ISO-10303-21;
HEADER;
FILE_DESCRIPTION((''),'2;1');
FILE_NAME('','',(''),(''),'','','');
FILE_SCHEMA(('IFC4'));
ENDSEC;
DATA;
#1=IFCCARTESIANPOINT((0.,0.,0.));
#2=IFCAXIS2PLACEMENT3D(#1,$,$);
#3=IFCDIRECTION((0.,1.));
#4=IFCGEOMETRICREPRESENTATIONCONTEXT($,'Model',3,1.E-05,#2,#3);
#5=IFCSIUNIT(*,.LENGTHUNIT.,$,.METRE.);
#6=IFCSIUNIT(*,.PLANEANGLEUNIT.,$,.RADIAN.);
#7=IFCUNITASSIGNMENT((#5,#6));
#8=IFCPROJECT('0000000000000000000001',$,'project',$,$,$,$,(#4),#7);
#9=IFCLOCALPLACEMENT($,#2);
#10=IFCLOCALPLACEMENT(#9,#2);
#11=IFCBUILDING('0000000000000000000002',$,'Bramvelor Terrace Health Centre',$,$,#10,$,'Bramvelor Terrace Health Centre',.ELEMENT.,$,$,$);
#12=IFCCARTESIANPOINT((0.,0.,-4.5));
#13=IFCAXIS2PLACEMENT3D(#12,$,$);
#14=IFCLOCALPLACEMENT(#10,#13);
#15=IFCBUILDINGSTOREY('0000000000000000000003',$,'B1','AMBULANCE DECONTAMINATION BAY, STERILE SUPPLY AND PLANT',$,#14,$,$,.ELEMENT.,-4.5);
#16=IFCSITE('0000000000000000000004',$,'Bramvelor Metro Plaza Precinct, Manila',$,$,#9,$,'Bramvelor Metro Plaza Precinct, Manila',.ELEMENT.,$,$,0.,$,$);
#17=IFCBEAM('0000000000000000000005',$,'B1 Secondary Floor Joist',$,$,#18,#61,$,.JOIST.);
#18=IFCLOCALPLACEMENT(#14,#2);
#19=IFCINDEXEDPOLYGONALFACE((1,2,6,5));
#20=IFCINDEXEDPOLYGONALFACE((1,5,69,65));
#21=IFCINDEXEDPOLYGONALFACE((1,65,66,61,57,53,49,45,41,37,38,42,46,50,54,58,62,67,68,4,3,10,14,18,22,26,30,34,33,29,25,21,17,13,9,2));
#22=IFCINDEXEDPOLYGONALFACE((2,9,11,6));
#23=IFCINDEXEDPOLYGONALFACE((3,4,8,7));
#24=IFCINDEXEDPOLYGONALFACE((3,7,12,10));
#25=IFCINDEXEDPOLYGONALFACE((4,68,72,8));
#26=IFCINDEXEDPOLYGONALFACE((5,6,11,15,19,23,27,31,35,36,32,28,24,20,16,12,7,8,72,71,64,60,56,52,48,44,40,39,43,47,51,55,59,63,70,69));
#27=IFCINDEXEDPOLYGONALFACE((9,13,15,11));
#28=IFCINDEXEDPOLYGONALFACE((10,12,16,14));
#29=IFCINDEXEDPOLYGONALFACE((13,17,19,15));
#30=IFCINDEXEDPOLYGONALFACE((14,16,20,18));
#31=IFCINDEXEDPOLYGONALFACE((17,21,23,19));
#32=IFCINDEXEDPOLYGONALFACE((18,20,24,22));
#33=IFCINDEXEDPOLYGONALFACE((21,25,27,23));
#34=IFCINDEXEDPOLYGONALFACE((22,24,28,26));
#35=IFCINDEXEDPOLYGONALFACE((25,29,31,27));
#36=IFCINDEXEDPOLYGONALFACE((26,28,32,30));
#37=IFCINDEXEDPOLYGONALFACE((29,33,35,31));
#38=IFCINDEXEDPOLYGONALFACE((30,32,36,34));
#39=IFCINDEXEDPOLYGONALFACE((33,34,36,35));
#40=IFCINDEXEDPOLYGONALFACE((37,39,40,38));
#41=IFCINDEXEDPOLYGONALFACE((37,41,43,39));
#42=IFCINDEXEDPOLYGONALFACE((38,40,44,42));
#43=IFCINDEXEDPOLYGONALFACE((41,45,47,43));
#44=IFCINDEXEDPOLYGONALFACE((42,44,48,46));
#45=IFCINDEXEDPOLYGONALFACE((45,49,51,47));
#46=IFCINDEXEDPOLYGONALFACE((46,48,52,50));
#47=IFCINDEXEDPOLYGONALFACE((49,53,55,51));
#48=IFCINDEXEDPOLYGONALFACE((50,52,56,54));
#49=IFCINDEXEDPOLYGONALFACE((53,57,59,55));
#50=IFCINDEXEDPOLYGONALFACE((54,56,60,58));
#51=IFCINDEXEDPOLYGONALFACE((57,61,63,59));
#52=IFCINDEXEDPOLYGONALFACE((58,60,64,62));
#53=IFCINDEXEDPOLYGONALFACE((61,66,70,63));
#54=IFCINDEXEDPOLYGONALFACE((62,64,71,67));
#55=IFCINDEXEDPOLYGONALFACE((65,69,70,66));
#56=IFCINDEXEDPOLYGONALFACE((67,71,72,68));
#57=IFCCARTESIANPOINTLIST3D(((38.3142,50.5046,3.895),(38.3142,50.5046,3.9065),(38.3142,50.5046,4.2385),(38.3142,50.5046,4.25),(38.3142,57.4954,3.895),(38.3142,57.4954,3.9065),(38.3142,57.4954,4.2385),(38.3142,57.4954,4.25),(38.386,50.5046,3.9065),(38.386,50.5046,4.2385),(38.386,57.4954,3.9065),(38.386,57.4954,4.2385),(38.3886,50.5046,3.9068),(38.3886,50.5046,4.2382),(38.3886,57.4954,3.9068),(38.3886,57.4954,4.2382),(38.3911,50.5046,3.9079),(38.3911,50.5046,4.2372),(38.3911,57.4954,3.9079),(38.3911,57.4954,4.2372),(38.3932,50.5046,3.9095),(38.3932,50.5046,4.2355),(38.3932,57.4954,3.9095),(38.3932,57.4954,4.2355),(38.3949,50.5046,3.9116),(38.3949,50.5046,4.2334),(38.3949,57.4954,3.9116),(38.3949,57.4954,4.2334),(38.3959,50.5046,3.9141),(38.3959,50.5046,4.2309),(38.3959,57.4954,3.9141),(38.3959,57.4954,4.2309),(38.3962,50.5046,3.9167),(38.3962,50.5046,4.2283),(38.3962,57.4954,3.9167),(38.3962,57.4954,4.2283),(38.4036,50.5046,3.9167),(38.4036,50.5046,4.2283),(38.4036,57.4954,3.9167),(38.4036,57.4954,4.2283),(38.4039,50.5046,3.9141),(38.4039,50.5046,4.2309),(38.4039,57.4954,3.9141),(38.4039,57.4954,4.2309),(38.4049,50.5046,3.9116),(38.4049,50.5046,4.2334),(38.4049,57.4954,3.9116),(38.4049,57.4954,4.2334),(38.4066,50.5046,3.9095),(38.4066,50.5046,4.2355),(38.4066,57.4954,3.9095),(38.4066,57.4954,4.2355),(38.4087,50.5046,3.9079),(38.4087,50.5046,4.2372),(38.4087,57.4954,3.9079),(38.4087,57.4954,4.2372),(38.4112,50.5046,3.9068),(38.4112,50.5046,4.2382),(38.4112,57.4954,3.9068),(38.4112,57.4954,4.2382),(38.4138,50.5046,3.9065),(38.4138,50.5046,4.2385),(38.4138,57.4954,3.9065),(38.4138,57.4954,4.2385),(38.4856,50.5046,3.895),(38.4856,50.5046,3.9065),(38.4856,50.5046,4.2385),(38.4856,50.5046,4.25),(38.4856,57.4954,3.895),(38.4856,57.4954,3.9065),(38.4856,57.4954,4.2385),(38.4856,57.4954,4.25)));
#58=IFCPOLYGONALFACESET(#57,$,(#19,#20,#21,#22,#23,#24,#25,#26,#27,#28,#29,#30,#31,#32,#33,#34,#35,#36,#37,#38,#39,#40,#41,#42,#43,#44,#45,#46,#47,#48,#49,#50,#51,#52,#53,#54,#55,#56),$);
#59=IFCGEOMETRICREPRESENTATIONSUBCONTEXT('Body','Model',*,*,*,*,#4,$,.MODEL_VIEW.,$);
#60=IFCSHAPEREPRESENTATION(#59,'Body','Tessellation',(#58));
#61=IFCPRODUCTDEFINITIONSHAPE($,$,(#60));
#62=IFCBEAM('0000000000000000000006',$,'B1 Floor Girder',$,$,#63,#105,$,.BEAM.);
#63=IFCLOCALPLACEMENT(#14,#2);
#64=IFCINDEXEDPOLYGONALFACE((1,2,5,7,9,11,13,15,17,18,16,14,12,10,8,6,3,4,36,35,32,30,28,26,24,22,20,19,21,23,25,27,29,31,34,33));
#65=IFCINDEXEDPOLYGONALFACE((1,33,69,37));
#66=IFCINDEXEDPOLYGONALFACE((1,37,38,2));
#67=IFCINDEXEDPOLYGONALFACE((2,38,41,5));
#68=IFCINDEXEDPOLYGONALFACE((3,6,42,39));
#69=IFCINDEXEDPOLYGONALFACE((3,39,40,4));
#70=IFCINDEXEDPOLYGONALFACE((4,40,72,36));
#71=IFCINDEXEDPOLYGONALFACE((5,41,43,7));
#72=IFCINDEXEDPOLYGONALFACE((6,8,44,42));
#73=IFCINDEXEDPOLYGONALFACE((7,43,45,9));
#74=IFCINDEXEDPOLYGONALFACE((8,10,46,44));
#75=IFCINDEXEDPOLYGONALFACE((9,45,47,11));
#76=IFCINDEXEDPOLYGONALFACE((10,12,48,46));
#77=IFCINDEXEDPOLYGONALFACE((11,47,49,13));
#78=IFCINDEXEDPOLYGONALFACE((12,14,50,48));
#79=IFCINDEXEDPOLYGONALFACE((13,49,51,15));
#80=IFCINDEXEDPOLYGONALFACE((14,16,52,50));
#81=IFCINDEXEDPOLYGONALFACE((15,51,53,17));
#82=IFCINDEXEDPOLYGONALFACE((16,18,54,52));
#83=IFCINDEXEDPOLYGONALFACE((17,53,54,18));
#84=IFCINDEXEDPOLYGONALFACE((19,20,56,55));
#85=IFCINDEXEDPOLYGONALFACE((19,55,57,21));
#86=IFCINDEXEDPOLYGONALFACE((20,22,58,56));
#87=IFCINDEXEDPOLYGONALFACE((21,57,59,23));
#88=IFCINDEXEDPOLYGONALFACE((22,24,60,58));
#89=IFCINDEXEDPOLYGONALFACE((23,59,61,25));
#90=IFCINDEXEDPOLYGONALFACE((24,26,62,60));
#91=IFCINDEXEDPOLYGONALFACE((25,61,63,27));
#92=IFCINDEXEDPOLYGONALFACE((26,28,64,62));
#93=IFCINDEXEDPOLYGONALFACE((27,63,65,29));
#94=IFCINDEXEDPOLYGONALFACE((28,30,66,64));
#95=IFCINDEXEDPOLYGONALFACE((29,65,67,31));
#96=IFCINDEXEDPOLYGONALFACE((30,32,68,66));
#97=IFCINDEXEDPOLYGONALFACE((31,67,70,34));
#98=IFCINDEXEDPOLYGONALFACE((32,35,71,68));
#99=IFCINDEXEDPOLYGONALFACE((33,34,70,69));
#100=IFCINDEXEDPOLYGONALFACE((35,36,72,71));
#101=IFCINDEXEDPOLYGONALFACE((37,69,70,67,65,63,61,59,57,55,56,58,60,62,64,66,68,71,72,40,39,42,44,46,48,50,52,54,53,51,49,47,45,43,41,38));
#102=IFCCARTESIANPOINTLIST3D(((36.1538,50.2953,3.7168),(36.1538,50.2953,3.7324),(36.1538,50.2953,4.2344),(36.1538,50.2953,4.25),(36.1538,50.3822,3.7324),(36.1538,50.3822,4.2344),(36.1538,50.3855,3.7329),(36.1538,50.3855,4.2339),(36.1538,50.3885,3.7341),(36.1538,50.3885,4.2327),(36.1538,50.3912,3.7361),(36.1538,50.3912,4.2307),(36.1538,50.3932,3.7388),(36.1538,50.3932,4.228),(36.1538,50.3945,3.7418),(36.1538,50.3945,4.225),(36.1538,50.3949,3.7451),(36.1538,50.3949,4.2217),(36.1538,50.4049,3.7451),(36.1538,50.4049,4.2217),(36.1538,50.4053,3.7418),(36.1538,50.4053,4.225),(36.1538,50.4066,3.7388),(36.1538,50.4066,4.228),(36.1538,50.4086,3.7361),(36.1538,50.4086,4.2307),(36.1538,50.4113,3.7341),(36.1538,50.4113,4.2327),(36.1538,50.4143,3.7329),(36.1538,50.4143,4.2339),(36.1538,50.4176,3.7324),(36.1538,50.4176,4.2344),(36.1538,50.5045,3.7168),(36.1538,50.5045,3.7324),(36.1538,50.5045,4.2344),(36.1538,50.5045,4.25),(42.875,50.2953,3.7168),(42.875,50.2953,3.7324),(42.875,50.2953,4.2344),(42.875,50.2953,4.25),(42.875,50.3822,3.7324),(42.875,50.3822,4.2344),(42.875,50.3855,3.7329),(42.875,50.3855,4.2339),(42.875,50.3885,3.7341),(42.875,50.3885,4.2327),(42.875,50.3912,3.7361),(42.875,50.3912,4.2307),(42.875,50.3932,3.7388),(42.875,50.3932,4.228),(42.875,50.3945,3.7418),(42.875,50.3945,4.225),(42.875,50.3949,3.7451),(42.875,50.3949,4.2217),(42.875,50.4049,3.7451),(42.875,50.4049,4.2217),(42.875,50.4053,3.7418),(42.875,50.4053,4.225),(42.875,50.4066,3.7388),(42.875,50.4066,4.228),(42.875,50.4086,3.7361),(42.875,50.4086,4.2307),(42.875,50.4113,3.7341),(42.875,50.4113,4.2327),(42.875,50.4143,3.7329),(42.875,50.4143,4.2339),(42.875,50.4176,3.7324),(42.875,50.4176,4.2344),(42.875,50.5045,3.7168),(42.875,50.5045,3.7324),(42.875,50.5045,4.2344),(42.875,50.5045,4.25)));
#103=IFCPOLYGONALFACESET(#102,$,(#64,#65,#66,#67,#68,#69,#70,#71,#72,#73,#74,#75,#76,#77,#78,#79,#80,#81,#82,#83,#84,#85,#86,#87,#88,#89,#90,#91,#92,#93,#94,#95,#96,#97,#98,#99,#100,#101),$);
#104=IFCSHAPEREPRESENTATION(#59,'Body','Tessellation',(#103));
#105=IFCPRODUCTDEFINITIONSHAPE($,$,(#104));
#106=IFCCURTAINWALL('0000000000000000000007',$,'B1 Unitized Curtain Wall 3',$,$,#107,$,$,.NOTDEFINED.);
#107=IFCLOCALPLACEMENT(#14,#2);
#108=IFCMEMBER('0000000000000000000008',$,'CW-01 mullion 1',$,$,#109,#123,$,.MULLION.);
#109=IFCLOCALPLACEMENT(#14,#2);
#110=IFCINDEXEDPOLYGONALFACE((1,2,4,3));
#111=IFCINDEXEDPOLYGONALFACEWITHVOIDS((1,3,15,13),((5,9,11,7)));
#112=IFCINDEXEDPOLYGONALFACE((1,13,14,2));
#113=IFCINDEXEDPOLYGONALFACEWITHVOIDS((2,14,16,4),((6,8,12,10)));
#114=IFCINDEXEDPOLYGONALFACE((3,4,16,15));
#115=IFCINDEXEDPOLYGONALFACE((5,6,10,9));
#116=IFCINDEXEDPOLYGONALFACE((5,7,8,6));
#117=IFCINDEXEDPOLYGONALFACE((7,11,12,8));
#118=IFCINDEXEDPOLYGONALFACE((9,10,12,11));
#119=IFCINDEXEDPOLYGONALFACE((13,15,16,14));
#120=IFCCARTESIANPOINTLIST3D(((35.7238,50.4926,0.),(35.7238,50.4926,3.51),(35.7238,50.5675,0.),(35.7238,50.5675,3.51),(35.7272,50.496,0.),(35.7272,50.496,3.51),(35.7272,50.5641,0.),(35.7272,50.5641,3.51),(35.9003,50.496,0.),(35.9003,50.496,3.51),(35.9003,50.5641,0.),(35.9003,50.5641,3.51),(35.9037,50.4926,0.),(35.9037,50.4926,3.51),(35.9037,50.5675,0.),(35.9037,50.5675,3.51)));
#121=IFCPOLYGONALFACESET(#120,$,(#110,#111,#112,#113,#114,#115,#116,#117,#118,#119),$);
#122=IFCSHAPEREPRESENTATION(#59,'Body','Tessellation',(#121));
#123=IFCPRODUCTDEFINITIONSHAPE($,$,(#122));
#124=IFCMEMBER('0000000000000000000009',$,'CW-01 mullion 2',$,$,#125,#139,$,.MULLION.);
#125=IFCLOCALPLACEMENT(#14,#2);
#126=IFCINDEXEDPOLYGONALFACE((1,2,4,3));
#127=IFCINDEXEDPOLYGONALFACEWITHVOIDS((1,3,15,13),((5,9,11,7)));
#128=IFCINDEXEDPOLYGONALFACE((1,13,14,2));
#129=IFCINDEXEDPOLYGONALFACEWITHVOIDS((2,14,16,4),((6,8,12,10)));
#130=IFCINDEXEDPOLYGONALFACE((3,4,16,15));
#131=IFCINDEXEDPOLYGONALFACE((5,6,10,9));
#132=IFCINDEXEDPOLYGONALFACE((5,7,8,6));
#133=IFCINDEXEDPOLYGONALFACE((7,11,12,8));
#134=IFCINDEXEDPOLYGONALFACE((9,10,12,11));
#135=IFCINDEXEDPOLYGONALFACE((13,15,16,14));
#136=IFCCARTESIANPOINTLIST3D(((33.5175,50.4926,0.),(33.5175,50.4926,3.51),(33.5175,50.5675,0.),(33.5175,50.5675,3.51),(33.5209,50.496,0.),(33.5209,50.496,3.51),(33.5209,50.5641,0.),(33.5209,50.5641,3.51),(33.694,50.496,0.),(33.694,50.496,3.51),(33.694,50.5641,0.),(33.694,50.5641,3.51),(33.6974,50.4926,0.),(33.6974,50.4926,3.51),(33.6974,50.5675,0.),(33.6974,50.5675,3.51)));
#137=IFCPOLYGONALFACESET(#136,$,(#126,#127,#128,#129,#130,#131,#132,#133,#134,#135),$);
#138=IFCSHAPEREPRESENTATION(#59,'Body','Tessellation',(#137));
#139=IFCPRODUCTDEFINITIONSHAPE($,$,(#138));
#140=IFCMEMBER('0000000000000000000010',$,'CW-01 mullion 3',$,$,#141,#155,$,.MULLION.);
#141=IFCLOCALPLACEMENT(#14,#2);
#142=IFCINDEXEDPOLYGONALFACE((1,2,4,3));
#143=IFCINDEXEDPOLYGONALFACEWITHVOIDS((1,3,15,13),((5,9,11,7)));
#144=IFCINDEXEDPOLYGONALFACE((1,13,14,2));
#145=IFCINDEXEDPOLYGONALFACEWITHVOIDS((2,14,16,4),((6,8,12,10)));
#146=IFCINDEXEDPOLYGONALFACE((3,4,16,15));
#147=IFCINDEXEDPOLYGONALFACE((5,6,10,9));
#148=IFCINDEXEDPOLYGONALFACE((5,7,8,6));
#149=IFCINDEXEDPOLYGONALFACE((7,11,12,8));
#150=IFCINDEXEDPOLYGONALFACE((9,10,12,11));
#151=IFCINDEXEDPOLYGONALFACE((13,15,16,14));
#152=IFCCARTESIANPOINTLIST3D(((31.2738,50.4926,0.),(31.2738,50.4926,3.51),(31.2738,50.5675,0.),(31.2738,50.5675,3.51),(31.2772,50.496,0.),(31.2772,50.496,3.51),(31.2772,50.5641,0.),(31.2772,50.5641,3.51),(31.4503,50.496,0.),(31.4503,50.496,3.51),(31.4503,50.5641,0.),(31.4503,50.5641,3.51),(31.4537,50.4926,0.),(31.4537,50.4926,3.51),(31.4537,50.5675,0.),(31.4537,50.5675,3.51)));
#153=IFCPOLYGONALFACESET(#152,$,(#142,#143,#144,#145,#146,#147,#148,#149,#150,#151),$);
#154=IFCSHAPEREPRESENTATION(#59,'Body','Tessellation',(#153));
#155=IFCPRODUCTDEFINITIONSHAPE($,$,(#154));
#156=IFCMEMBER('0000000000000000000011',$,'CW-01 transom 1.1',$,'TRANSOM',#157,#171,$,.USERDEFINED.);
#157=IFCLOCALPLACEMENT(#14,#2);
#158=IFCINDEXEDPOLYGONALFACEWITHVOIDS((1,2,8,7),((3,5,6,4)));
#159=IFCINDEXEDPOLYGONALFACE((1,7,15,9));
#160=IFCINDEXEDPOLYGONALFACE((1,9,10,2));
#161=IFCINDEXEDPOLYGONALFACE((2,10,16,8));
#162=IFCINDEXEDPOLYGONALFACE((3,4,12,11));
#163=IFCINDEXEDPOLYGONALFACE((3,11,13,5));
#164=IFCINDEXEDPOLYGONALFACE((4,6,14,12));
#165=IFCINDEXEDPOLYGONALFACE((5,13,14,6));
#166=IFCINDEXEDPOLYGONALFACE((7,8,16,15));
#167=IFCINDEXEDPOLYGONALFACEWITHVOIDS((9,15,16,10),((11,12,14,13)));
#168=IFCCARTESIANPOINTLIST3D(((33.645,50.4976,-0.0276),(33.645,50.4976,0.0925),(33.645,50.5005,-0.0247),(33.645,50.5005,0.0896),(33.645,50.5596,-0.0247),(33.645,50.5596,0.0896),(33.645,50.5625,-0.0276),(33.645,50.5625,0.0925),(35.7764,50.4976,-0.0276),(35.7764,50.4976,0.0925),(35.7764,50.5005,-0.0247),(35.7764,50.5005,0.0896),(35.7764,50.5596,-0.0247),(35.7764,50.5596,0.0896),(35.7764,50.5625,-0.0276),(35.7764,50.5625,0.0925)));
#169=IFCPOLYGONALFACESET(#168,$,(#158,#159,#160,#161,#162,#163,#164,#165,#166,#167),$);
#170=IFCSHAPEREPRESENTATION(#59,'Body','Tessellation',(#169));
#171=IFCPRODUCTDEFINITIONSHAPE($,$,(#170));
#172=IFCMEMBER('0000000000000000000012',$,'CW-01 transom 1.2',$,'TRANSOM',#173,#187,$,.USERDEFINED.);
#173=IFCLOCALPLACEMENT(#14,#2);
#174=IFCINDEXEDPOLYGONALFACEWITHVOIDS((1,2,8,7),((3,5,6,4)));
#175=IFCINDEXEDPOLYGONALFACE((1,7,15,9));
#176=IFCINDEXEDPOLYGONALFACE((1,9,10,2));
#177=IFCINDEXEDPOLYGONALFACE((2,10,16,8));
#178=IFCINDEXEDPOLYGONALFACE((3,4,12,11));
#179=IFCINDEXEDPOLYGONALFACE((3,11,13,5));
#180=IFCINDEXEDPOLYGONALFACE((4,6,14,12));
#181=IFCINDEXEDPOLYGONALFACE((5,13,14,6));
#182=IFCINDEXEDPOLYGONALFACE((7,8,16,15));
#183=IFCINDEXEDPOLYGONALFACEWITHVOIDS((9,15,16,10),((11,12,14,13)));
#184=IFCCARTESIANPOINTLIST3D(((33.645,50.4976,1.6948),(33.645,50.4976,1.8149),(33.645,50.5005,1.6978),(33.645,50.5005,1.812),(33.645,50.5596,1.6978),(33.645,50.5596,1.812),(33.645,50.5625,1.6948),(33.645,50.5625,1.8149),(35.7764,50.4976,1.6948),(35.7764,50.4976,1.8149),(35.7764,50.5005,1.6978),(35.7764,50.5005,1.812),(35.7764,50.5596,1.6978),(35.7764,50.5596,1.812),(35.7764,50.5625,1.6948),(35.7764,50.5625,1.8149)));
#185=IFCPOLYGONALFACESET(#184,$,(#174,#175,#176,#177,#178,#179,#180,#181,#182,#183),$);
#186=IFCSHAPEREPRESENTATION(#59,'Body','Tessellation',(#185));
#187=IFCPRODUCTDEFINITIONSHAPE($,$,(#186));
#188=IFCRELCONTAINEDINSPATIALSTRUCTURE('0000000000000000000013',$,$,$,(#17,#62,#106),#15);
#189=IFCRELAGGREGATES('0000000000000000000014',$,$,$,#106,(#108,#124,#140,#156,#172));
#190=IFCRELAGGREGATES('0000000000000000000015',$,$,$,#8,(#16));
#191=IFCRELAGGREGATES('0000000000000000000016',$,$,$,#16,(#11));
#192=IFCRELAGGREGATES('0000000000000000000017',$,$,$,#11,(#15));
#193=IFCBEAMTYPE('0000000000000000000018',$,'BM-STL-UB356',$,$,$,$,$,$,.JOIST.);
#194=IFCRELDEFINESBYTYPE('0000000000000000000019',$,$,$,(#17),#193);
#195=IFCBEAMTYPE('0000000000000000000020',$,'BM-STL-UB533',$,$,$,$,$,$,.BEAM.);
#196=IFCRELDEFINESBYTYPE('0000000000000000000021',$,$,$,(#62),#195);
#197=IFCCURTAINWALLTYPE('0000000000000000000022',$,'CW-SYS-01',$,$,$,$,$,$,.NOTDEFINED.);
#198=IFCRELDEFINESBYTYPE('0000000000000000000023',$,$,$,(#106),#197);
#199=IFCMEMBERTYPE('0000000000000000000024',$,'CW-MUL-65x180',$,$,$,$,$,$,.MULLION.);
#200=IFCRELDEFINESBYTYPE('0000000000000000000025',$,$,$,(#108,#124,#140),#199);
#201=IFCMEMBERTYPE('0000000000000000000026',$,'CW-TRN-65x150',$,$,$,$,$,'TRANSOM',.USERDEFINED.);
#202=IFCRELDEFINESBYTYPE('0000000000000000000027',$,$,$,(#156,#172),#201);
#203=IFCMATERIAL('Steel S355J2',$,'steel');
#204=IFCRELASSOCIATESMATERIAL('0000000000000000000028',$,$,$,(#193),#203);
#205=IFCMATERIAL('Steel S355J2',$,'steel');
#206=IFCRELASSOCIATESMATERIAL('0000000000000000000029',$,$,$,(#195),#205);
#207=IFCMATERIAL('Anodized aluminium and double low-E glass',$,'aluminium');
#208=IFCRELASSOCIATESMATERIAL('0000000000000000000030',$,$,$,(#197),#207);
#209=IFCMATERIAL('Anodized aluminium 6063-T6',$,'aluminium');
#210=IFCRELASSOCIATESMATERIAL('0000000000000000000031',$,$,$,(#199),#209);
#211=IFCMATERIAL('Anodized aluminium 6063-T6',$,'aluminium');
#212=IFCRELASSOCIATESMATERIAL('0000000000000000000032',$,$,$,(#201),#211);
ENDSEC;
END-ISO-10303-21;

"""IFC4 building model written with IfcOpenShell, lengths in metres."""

from ifc_helpers import new_model, si_unit, direction, frame, origin, origin_2d, place, context, subcontext, project, spatial, hollow_rectangle, i_section, extrude, material, material_profile, profile_set, type_object, element, aggregate, save


model = new_model("IFC4")

# Units and contexts
model_context = context("Model", 3, precision=1e-05, world=origin(), true_north=direction((0.0, 1.0)))
body_context = subcontext(model_context, "Body", "Model", "MODEL_VIEW")
ifc_project = project(units=[si_unit("LENGTHUNIT", "METRE"), si_unit("PLANEANGLEUNIT", "RADIAN")], contexts=[model_context])

# Site, building, storey
site_placement = place(None, origin())
site = spatial("IfcSite", under=ifc_project, at=site_placement, Name="Bramvelor Metro Plaza Precinct, Manila", LongName="Bramvelor Metro Plaza Precinct, Manila", CompositionType="ELEMENT", RefElevation=0.0)
building_placement = place(site_placement, origin())
building = spatial("IfcBuilding", under=site, at=building_placement, Name="Bramvelor Terrace Health Centre", LongName="Bramvelor Terrace Health Centre", CompositionType="ELEMENT")
storey_placement = place(building_placement, frame((0.0, 0.0, -4.5)))
storey = spatial("IfcBuildingStorey", under=building, at=storey_placement, Name="B1", Description="AMBULANCE DECONTAMINATION BAY, STERILE SUPPLY AND PLANT", CompositionType="ELEMENT", Elevation=-4.5)

# Beams
ifc_material_1 = material(Name="Steel S355J2", Category="steel")
ifc_material_profile_1 = material_profile(ifc_material_1, i_section(OverallWidth=0.1714, OverallDepth=0.355, WebThickness=0.0073, FlangeThickness=0.0115, FilletRadius=0.0103, at=origin_2d()), Name="UB 356x171x51")
ifc_profile_set_1 = profile_set([ifc_material_profile_1], Name="Steel S355J2")
beam_type_1 = type_object("IfcBeamType", Name="BM-STL-UB356", PredefinedType="JOIST", material=ifc_profile_set_1)
for number, where, z_axis, x_axis, name in (
    (1, (38.3999, 50.5046, 4.0725), (0.0, 1.0, 0.0), (-1.0, 0.0, 0.0), "B1 Secondary Floor Joist"),
):
    element("IfcBeam", number, at=place(storey_placement, frame(where, z_axis=z_axis, x_axis=x_axis)), inside=storey, type_object=beam_type_1, Name=name, PredefinedType="JOIST", context=body_context, shape_type="SweptSolid", body=[
        extrude(i_section(OverallWidth=0.1714, OverallDepth=0.355, WebThickness=0.0073, FlangeThickness=0.0115, FilletRadius=0.0103, at=origin_2d()), origin(), (0.0, 0.0, 1.0), 6.9907),
    ])
ifc_material_2 = material(Name="Steel S355J2", Category="steel")
ifc_material_profile_2 = material_profile(ifc_material_2, i_section(OverallWidth=0.2092, OverallDepth=0.5332, WebThickness=0.01, FlangeThickness=0.0156, FilletRadius=0.0127, at=origin_2d()), Name="UB 533x210x92")
ifc_profile_set_2 = profile_set([ifc_material_profile_2], Name="Steel S355J2")
beam_type_2 = type_object("IfcBeamType", Name="BM-STL-UB533", PredefinedType="BEAM", material=ifc_profile_set_2)
beam_placement = place(storey_placement, frame((36.1538, 50.3999, 3.9834), z_axis=(1.0, 0.0, 0.0), x_axis=(0.0, 1.0, 0.0)))
element("IfcBeam", 2, at=beam_placement, inside=storey, type_object=beam_type_2, Name="B1 Floor Girder", PredefinedType="BEAM", context=body_context, shape_type="SweptSolid", body=[
    extrude(i_section(OverallWidth=0.2092, OverallDepth=0.5332, WebThickness=0.01, FlangeThickness=0.0156, FilletRadius=0.0127, at=origin_2d()), origin(), (0.0, 0.0, 1.0), 6.7212),
])

# Curtain wall, members
ifc_material_3 = material(Name="Anodized aluminium and double low-E glass", Category="aluminium")
curtain_wall_type = type_object("IfcCurtainWallType", Name="CW-SYS-01", PredefinedType="NOTDEFINED", material=ifc_material_3)
curtain_wall_placement = place(storey_placement, origin())
curtain_wall = element("IfcCurtainWall", 3, at=curtain_wall_placement, inside=storey, type_object=curtain_wall_type, Name="B1 Unitized Curtain Wall 3", PredefinedType="NOTDEFINED")
ifc_material_4 = material(Name="Anodized aluminium 6063-T6", Category="aluminium")
ifc_material_profile_3 = material_profile(ifc_material_4, hollow_rectangle(XDim=0.075, YDim=0.1799, WallThickness=0.0034, at=origin_2d()), Name="ALU-MUL 75x180x3.5")
ifc_profile_set_3 = profile_set([ifc_material_profile_3], Name="Anodized aluminium 6063-T6")
member_type_1 = type_object("IfcMemberType", Name="CW-MUL-65x180", PredefinedType="MULLION", material=ifc_profile_set_3)
member_1_placement = place(storey_placement, frame((35.8137, 50.53, 0.0), z_axis=(0.0, 0.0, 1.0), x_axis=(0.0, -1.0, 0.0)))
member_1 = element("IfcMember", 4, at=member_1_placement, type_object=member_type_1, Name="CW-01 mullion 1", PredefinedType="MULLION", context=body_context, shape_type="SweptSolid", body=[
    extrude(hollow_rectangle(XDim=0.075, YDim=0.1799, WallThickness=0.0034, at=origin_2d()), origin(), (0.0, 0.0, 1.0), 3.51),
])
member_2_placement = place(storey_placement, frame((33.6074, 50.53, 0.0), z_axis=(0.0, 0.0, 1.0), x_axis=(0.0, -1.0, 0.0)))
member_2 = element("IfcMember", 5, at=member_2_placement, type_object=member_type_1, Name="CW-01 mullion 2", PredefinedType="MULLION", context=body_context, shape_type="SweptSolid", body=[
    extrude(hollow_rectangle(XDim=0.075, YDim=0.1799, WallThickness=0.0034, at=origin_2d()), origin(), (0.0, 0.0, 1.0), 3.51),
])
member_3_placement = place(storey_placement, frame((31.3638, 50.53, 0.0), z_axis=(0.0, 0.0, 1.0), x_axis=(0.0, -1.0, 0.0)))
member_3 = element("IfcMember", 6, at=member_3_placement, type_object=member_type_1, Name="CW-01 mullion 3", PredefinedType="MULLION", context=body_context, shape_type="SweptSolid", body=[
    extrude(hollow_rectangle(XDim=0.075, YDim=0.1799, WallThickness=0.0034, at=origin_2d()), origin(), (0.0, 0.0, 1.0), 3.51),
])
ifc_material_5 = material(Name="Anodized aluminium 6063-T6", Category="aluminium")
ifc_material_profile_4 = material_profile(ifc_material_5, hollow_rectangle(XDim=0.0649, YDim=0.1201, WallThickness=0.0029, at=origin_2d()), Name="ALU-TRN 65x120x3.0")
ifc_profile_set_4 = profile_set([ifc_material_profile_4], Name="Anodized aluminium 6063-T6")
member_type_2 = type_object("IfcMemberType", Name="CW-TRN-65x150", ElementType="TRANSOM", PredefinedType="USERDEFINED", material=ifc_profile_set_4)
member_4_placement = place(storey_placement, frame((35.7764, 50.53, 0.0325), z_axis=(-1.0, 0.0, 0.0), x_axis=(0.0, -1.0, 0.0)))
member_4 = element("IfcMember", 7, at=member_4_placement, type_object=member_type_2, Name="CW-01 transom 1.1", ObjectType="TRANSOM", PredefinedType="USERDEFINED", context=body_context, shape_type="SweptSolid", body=[
    extrude(hollow_rectangle(XDim=0.0649, YDim=0.1201, WallThickness=0.0029, at=origin_2d()), origin(), (0.0, 0.0, 1.0), 2.1313),
])
member_5_placement = place(storey_placement, frame((35.7764, 50.53, 1.7549), z_axis=(-1.0, 0.0, 0.0), x_axis=(0.0, -1.0, 0.0)))
member_5 = element("IfcMember", 8, at=member_5_placement, type_object=member_type_2, Name="CW-01 transom 1.2", ObjectType="TRANSOM", PredefinedType="USERDEFINED", context=body_context, shape_type="SweptSolid", body=[
    extrude(hollow_rectangle(XDim=0.0649, YDim=0.1201, WallThickness=0.0029, at=origin_2d()), origin(), (0.0, 0.0, 1.0), 2.1313),
])
aggregate(curtain_wall, [member_1, member_2, member_3, member_4, member_5])

save(model, "model.ifc")
